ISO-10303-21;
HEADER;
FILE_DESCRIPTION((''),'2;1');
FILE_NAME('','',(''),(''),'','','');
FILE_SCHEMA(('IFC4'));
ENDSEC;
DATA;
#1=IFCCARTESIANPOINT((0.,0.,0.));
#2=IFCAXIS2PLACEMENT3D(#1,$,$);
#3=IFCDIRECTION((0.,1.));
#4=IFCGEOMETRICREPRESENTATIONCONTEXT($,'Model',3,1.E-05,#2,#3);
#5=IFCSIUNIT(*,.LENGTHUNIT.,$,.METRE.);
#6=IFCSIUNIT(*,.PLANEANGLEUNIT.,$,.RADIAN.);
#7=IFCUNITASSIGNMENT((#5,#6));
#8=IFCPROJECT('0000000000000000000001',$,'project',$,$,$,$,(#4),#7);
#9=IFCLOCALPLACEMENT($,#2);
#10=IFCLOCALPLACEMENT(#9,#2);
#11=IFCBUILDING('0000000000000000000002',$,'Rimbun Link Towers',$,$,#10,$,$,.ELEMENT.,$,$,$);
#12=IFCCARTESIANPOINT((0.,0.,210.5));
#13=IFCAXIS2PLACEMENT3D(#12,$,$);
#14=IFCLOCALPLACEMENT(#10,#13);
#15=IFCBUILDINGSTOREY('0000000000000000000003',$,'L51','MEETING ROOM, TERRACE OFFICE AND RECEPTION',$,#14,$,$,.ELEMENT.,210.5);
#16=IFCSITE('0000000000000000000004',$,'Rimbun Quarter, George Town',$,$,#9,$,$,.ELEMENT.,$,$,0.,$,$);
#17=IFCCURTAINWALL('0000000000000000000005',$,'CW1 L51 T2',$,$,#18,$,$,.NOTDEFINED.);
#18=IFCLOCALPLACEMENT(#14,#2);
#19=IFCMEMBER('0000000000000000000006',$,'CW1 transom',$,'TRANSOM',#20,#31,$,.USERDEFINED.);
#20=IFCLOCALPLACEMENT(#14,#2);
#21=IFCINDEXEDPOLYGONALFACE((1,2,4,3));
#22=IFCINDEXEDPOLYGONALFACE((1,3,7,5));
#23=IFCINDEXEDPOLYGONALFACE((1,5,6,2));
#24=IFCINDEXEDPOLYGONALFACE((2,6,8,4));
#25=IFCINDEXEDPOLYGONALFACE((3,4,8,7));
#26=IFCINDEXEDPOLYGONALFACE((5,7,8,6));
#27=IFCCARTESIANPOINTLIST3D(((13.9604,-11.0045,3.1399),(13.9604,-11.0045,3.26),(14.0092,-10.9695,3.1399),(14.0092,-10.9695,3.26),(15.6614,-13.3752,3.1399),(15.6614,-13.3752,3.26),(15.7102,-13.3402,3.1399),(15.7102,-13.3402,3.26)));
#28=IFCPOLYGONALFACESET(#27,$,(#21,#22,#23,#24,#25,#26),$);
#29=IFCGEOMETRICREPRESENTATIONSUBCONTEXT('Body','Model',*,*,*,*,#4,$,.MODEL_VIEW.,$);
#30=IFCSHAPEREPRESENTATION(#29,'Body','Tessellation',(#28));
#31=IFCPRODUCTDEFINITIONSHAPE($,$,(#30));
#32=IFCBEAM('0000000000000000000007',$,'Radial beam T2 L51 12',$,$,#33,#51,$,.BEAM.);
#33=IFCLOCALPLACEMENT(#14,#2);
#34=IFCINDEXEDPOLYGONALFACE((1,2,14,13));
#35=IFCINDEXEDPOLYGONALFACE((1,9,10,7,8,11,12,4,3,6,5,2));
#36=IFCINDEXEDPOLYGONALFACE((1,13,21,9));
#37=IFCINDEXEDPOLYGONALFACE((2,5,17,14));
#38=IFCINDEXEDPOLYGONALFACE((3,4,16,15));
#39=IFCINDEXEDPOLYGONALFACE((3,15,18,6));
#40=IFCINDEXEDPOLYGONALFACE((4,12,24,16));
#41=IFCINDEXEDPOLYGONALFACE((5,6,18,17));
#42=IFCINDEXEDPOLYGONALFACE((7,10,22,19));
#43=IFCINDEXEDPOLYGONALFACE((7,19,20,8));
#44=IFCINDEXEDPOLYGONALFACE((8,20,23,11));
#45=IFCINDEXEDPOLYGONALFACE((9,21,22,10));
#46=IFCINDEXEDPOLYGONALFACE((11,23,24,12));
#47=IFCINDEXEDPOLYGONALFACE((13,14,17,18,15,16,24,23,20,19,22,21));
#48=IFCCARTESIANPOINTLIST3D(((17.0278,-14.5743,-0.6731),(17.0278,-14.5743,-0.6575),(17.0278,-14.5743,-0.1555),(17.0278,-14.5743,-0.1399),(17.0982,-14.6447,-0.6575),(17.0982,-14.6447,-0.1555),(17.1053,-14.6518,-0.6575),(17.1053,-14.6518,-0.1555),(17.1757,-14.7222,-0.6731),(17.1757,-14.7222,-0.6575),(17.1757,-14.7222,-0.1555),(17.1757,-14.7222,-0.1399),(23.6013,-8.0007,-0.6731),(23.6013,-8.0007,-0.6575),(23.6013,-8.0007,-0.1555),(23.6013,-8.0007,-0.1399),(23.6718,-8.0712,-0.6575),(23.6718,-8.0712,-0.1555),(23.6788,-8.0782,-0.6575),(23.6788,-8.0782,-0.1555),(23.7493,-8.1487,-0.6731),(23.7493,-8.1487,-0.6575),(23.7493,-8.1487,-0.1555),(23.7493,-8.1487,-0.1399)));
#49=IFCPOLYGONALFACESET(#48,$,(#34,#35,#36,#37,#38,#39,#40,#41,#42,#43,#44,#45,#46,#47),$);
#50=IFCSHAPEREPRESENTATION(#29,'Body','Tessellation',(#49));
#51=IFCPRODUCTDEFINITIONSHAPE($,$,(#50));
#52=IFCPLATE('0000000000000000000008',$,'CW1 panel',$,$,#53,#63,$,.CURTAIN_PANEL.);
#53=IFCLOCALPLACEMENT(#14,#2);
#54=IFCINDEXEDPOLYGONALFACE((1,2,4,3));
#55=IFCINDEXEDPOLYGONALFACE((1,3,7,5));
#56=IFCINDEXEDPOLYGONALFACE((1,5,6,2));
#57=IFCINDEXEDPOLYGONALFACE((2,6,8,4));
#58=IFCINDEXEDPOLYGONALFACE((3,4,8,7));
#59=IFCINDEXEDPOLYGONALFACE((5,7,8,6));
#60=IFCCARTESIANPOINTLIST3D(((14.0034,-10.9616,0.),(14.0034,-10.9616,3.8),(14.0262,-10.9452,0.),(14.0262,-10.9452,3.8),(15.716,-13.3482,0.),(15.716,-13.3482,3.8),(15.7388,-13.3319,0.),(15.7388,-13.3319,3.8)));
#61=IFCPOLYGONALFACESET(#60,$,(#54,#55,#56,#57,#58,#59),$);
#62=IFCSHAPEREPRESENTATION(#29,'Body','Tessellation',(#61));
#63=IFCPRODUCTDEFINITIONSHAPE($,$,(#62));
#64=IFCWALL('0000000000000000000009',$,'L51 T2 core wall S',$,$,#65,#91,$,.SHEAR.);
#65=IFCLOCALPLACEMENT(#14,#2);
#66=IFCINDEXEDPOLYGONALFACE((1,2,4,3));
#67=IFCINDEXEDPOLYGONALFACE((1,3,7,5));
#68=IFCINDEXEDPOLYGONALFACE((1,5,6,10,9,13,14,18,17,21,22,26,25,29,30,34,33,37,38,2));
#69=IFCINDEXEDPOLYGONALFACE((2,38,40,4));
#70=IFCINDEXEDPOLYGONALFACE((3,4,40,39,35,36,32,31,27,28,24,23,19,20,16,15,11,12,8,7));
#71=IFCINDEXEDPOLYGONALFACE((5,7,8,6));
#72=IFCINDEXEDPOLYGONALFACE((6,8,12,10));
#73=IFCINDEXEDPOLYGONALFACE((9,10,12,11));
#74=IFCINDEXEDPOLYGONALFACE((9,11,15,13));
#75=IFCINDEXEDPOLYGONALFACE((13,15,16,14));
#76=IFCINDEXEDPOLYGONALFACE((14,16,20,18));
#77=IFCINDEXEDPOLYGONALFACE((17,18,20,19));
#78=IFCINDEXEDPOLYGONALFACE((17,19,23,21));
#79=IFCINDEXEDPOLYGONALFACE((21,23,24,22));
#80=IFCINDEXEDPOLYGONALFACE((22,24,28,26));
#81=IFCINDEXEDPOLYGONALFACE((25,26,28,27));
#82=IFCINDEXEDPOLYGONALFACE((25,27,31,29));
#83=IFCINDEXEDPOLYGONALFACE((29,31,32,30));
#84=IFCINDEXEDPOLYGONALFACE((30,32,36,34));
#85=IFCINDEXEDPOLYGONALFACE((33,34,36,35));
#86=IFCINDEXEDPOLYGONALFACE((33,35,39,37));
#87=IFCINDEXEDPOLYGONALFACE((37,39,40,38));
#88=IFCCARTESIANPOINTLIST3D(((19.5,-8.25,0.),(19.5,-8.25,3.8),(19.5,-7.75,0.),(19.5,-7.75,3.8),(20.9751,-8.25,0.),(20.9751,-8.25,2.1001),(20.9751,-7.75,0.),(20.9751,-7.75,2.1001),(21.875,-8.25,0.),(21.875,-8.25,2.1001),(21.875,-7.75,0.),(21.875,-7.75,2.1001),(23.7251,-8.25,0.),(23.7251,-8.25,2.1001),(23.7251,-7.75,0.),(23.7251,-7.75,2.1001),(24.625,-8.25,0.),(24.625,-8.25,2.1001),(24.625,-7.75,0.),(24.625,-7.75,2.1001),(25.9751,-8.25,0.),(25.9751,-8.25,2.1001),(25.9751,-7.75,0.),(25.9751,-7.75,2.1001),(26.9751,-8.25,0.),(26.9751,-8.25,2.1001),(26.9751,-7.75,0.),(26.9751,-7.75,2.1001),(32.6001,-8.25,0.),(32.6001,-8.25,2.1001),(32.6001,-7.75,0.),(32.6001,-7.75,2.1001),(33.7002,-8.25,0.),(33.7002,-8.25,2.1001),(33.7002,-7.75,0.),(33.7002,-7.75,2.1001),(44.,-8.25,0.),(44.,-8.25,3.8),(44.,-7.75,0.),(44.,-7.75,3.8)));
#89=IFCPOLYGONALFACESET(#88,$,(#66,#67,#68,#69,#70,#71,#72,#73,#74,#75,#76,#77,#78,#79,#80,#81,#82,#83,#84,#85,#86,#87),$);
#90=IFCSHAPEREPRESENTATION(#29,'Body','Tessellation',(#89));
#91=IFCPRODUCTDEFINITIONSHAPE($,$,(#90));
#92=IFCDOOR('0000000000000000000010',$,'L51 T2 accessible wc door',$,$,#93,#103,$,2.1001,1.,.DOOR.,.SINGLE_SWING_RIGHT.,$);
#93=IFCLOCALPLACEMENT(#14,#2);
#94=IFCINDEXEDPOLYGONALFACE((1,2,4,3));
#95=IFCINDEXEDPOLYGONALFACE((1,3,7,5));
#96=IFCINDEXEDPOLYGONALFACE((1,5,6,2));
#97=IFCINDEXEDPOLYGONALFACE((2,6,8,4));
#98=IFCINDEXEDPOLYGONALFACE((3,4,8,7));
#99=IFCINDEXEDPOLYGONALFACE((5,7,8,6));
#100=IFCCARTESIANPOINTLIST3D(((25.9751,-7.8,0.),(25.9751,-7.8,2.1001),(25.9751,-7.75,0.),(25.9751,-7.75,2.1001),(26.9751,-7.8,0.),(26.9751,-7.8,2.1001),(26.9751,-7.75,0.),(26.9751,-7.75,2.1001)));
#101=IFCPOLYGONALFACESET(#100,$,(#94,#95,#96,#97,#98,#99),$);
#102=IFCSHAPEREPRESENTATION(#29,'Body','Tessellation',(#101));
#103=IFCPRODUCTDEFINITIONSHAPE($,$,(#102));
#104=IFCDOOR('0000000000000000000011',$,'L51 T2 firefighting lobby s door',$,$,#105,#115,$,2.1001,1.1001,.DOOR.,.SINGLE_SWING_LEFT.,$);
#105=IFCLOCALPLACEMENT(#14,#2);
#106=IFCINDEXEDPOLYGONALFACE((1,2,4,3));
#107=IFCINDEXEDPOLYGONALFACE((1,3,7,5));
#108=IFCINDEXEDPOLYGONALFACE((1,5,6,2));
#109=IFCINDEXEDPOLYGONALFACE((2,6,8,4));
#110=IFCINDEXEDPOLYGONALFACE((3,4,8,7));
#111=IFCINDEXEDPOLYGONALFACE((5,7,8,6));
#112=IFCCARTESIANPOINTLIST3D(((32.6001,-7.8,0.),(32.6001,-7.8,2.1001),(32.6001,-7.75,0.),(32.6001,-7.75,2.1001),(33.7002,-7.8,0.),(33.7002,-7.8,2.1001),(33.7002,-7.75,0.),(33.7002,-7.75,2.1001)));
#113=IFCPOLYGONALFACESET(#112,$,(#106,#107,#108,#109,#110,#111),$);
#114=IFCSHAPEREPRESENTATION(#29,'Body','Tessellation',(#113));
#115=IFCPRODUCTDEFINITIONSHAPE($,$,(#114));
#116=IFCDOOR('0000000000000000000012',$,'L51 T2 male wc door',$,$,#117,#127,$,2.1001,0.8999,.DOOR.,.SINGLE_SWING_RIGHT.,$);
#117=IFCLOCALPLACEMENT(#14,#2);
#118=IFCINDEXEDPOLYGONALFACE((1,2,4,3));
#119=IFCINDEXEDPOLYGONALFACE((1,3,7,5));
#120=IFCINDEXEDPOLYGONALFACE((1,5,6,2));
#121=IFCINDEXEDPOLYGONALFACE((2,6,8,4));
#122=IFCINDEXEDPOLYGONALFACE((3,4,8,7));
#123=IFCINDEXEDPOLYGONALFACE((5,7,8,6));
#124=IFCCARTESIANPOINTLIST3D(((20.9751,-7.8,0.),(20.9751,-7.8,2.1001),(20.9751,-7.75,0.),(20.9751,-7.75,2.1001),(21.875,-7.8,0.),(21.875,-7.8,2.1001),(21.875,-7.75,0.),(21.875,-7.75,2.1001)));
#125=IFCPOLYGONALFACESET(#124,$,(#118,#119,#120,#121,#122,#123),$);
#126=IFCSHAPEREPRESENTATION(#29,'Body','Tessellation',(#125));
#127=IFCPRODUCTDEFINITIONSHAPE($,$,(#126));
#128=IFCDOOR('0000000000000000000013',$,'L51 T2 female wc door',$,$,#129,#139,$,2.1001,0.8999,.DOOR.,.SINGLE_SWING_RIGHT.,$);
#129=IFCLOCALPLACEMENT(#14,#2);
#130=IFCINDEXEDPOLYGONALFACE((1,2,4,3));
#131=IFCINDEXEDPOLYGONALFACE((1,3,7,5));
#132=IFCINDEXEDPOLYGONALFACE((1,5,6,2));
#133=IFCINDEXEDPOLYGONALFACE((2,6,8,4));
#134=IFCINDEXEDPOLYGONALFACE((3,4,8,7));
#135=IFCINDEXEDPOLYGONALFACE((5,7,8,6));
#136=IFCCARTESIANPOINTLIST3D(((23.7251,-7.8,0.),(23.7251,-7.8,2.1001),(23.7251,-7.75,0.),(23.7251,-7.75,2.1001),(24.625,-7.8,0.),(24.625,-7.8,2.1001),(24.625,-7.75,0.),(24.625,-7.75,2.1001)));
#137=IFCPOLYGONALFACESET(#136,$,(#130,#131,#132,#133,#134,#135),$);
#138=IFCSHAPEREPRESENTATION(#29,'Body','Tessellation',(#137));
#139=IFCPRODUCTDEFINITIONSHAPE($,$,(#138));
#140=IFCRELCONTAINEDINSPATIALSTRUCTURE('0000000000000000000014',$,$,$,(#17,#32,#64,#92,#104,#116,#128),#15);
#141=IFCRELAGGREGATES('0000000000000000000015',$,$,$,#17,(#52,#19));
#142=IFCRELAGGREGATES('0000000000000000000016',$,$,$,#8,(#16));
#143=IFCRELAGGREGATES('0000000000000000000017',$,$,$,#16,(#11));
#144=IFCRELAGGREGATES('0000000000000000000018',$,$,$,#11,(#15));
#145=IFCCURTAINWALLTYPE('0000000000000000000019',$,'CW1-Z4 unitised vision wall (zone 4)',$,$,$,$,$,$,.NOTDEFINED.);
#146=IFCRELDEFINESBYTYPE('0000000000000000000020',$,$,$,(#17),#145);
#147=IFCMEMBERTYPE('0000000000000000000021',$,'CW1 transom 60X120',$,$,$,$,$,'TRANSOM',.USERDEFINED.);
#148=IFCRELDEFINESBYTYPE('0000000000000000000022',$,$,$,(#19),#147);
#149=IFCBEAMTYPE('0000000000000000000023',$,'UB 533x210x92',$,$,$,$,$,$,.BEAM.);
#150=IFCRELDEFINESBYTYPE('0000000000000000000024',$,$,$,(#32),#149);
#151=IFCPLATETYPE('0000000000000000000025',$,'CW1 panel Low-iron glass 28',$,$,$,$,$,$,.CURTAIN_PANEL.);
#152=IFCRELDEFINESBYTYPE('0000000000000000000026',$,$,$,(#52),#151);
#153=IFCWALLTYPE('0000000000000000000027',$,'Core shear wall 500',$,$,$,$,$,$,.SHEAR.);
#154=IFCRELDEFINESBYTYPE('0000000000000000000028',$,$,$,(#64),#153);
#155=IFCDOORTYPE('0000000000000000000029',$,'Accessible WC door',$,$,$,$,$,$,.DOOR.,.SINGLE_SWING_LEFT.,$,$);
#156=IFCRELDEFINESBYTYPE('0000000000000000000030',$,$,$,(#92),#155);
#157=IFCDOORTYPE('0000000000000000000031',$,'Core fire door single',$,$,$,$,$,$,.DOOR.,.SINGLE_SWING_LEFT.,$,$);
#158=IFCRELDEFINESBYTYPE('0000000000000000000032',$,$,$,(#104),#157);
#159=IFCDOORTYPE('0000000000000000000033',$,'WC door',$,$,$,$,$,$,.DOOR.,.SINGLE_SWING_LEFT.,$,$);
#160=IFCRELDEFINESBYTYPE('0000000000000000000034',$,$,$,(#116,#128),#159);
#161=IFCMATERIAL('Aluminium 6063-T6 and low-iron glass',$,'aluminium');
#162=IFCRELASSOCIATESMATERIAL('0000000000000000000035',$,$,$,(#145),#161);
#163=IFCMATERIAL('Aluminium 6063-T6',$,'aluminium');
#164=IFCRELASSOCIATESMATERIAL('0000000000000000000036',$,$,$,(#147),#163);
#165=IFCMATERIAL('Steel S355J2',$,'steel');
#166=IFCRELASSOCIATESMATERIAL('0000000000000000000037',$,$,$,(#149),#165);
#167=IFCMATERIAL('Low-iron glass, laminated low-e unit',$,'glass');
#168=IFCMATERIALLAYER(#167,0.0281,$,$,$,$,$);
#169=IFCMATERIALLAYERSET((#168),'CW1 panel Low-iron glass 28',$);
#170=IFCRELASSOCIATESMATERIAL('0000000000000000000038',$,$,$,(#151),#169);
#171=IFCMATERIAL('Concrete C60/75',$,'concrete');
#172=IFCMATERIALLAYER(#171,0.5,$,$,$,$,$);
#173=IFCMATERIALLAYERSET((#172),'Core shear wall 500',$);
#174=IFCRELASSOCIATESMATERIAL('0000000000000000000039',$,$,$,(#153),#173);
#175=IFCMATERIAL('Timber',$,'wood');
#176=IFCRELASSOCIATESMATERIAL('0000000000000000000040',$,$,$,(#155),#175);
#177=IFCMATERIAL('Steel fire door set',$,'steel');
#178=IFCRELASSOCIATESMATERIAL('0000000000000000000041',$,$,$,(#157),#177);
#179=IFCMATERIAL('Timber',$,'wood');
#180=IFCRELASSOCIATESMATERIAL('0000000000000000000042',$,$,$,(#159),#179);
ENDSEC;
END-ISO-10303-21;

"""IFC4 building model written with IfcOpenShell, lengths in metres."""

from ifc_helpers import new_model, si_unit, direction, frame, frame_2d, origin, origin_2d, place, context, subcontext, project, spatial, rectangle, i_section, extrude, material, layer, layer_set, material_profile, profile_set, type_object, element, fill, aggregate, save


model = new_model("IFC4")

# Units and contexts
model_context = context("Model", 3, precision=1e-05, world=origin(), true_north=direction((0.0, 1.0)))
body_context = subcontext(model_context, "Body", "Model", "MODEL_VIEW")
ifc_project = project(units=[si_unit("LENGTHUNIT", "METRE"), si_unit("PLANEANGLEUNIT", "RADIAN")], contexts=[model_context])

# Site, building, storey
site_placement = place(None, origin())
site = spatial("IfcSite", under=ifc_project, at=site_placement, Name="Rimbun Quarter, George Town", CompositionType="ELEMENT", RefElevation=0.0)
building_placement = place(site_placement, origin())
building = spatial("IfcBuilding", under=site, at=building_placement, Name="Rimbun Link Towers", CompositionType="ELEMENT")
storey_placement = place(building_placement, frame((0.0, 0.0, 210.5)))
storey = spatial("IfcBuildingStorey", under=building, at=storey_placement, Name="L51", Description="MEETING ROOM, TERRACE OFFICE AND RECEPTION", CompositionType="ELEMENT", Elevation=210.5)

# Curtain wall, member
ifc_material_1 = material(Name="Aluminium 6063-T6 and low-iron glass", Category="aluminium")
curtain_wall_type = type_object("IfcCurtainWallType", Name="CW1-Z4 unitised vision wall (zone 4)", PredefinedType="NOTDEFINED", material=ifc_material_1)
curtain_wall_placement = place(storey_placement, origin())
curtain_wall = element("IfcCurtainWall", 1, at=curtain_wall_placement, inside=storey, type_object=curtain_wall_type, Name="CW1 L51 T2", PredefinedType="NOTDEFINED")
ifc_material_2 = material(Name="Aluminium 6063-T6", Category="aluminium")
ifc_material_profile_1 = material_profile(ifc_material_2, rectangle(XDim=0.0601, YDim=0.1201, at=origin_2d()), Name="TRANSOM 60X120")
ifc_profile_set_1 = profile_set([ifc_material_profile_1], Name="Aluminium 6063-T6")
member_type = type_object("IfcMemberType", Name="CW1 transom 60X120", ElementType="TRANSOM", PredefinedType="USERDEFINED", material=ifc_profile_set_1)
member_placement = place(storey_placement, frame((15.6858, -13.3577, 3.2), z_axis=(-0.58297, 0.812493, 0.0), x_axis=(-0.812493, -0.58297, 0.0)))
member = element("IfcMember", 2, at=member_placement, type_object=member_type, Name="CW1 transom", ObjectType="TRANSOM", PredefinedType="USERDEFINED", context=body_context, shape_type="SweptSolid", body=[
    extrude(rectangle(XDim=0.0601, YDim=0.1201, at=origin_2d()), origin(), (0.0, 0.0, 1.0), 2.9177),
])

# Beam
ifc_material_3 = material(Name="Steel S355J2", Category="steel")
ifc_material_profile_2 = material_profile(ifc_material_3, i_section(OverallWidth=0.2092, OverallDepth=0.5332, WebThickness=0.01, FlangeThickness=0.0156, at=origin_2d()), Name="UB 533x210x92")
ifc_profile_set_2 = profile_set([ifc_material_profile_2], Name="Steel S355J2")
beam_type = type_object("IfcBeamType", Name="UB 533x210x92", PredefinedType="BEAM", material=ifc_profile_set_2)
beam_placement = place(storey_placement, frame((23.6753, -8.0747, -0.4065), z_axis=(-0.707107, -0.707107, 0.0), x_axis=(0.707107, -0.707107, 0.0)))
element("IfcBeam", 3, at=beam_placement, inside=storey, type_object=beam_type, Name="Radial beam T2 L51 12", PredefinedType="BEAM", context=body_context, shape_type="SweptSolid", body=[
    extrude(i_section(OverallWidth=0.2092, OverallDepth=0.5332, WebThickness=0.01, FlangeThickness=0.0156, at=origin_2d()), origin(), (0.0, 0.0, 1.0), 9.2964),
])

# Plate
ifc_material_4 = material(Name="Low-iron glass, laminated low-e unit", Category="glass")
ifc_layer_1 = layer(ifc_material_4, 0.0281)
ifc_layer_set_1 = layer_set([ifc_layer_1], Name="CW1 panel Low-iron glass 28")
plate_type = type_object("IfcPlateType", Name="CW1 panel Low-iron glass 28", PredefinedType="CURTAIN_PANEL", material=ifc_layer_set_1)
plate_placement = place(storey_placement, frame((14.8711, -12.1467, 0.0), z_axis=(0.0, 0.0, 1.0), x_axis=(-0.583004, 0.81247, 0.0)))
plate = element("IfcPlate", 4, at=plate_placement, type_object=plate_type, Name="CW1 panel", PredefinedType="CURTAIN_PANEL", context=body_context, shape_type="SweptSolid", body=[
    extrude(rectangle(XDim=2.9375, YDim=0.0281, at=origin_2d()), origin(), (0.0, 0.0, 1.0), 3.8),
])
aggregate(curtain_wall, [plate, member])

# Wall, openings, doors
ifc_material_5 = material(Name="Concrete C60/75", Category="concrete")
ifc_layer_2 = layer(ifc_material_5, 0.5)
ifc_layer_set_2 = layer_set([ifc_layer_2], Name="Core shear wall 500")
wall_type_1 = type_object("IfcWallType", Name="Core shear wall 500", PredefinedType="SHEAR", material=ifc_layer_set_2)
wall_1_placement = place(storey_placement, frame((19.5, -8.0, 0.0), z_axis=(0.0, 0.0, 1.0), x_axis=(1.0, 0.0, 0.0)))
wall_1 = element("IfcWall", 5, at=wall_1_placement, inside=storey, type_object=wall_type_1, Name="L51 T2 core wall S", PredefinedType="SHEAR", context=body_context, shape_type="SweptSolid", body=[
    extrude(rectangle(XDim=24.5, YDim=0.5, at=frame_2d((12.25, 0.0))), origin(), (0.0, 0.0, 1.0), 3.8),
])
opening_1_placement = place(wall_1_placement, frame((13.1001, 0.0, 0.0)))
opening_1 = element("IfcOpeningElement", 6, at=opening_1_placement, cuts=wall_1, PredefinedType="OPENING", context=body_context, shape_type="SweptSolid", body=[
    extrude(rectangle(XDim=1.1001, YDim=2.1001, at=frame_2d((0.55, 1.05))), frame((0.0, 0.26, 0.0), z_axis=(0.0, -1.0, 0.0), x_axis=(1.0, 0.0, 0.0)), (0.0, 0.0, 1.0), 0.52),
])
opening_2_placement = place(wall_1_placement, frame((1.4751, 0.0, 0.0)))
opening_2 = element("IfcOpeningElement", 7, at=opening_2_placement, cuts=wall_1, PredefinedType="OPENING", context=body_context, shape_type="SweptSolid", body=[
    extrude(rectangle(XDim=0.8999, YDim=2.1001, at=frame_2d((0.45, 1.05))), frame((0.0, 0.26, 0.0), z_axis=(0.0, -1.0, 0.0), x_axis=(1.0, 0.0, 0.0)), (0.0, 0.0, 1.0), 0.52),
])
opening_3_placement = place(wall_1_placement, frame((4.2251, 0.0, 0.0)))
opening_3 = element("IfcOpeningElement", 8, at=opening_3_placement, cuts=wall_1, PredefinedType="OPENING", context=body_context, shape_type="SweptSolid", body=[
    extrude(rectangle(XDim=0.8999, YDim=2.1001, at=frame_2d((0.45, 1.05))), frame((0.0, 0.26, 0.0), z_axis=(0.0, -1.0, 0.0), x_axis=(1.0, 0.0, 0.0)), (0.0, 0.0, 1.0), 0.52),
])
opening_4_placement = place(wall_1_placement, frame((6.4751, 0.0, 0.0)))
opening_4 = element("IfcOpeningElement", 9, at=opening_4_placement, cuts=wall_1, PredefinedType="OPENING", context=body_context, shape_type="SweptSolid", body=[
    extrude(rectangle(XDim=1.0, YDim=2.1001, at=frame_2d((0.5, 1.05))), frame((0.0, 0.26, 0.0), z_axis=(0.0, -1.0, 0.0), x_axis=(1.0, 0.0, 0.0)), (0.0, 0.0, 1.0), 0.52),
])
ifc_material_6 = material(Name="Timber", Category="wood")
door_type_1 = type_object("IfcDoorType", Name="Accessible WC door", OperationType="SINGLE_SWING_LEFT", PredefinedType="DOOR", material=ifc_material_6)
door_1_placement = place(opening_4_placement, origin())
door_1 = element("IfcDoor", 10, at=door_1_placement, inside=storey, type_object=door_type_1, Name="L51 T2 accessible wc door", OperationType="SINGLE_SWING_RIGHT", OverallHeight=2.1001, OverallWidth=1.0, PredefinedType="DOOR", context=body_context, shape_type="SweptSolid", body=[
    extrude(rectangle(XDim=1.0, YDim=2.1001, at=frame_2d((0.5, 1.05))), frame((0.0, 0.25, 0.0), z_axis=(0.0, -1.0, 0.0), x_axis=(1.0, 0.0, 0.0)), (0.0, 0.0, 1.0), 0.05),
])
fill(opening_4, door_1)
ifc_material_7 = material(Name="Steel fire door set", Category="steel")
door_type_2 = type_object("IfcDoorType", Name="Core fire door single", OperationType="SINGLE_SWING_LEFT", PredefinedType="DOOR", material=ifc_material_7)
door_2_placement = place(opening_1_placement, origin())
door_2 = element("IfcDoor", 11, at=door_2_placement, inside=storey, type_object=door_type_2, Name="L51 T2 firefighting lobby s door", OperationType="SINGLE_SWING_LEFT", OverallHeight=2.1001, OverallWidth=1.1001, PredefinedType="DOOR", context=body_context, shape_type="SweptSolid", body=[
    extrude(rectangle(XDim=1.1001, YDim=2.1001, at=frame_2d((0.55, 1.05))), frame((0.0, 0.25, 0.0), z_axis=(0.0, -1.0, 0.0), x_axis=(1.0, 0.0, 0.0)), (0.0, 0.0, 1.0), 0.05),
])
fill(opening_1, door_2)
ifc_material_8 = material(Name="Timber", Category="wood")
door_type_3 = type_object("IfcDoorType", Name="WC door", OperationType="SINGLE_SWING_LEFT", PredefinedType="DOOR", material=ifc_material_8)
door_3_placement = place(opening_2_placement, origin())
door_3 = element("IfcDoor", 12, at=door_3_placement, inside=storey, type_object=door_type_3, Name="L51 T2 male wc door", OperationType="SINGLE_SWING_RIGHT", OverallHeight=2.1001, OverallWidth=0.8999, PredefinedType="DOOR", context=body_context, shape_type="SweptSolid", body=[
    extrude(rectangle(XDim=0.8999, YDim=2.1001, at=frame_2d((0.45, 1.05))), frame((0.0, 0.25, 0.0), z_axis=(0.0, -1.0, 0.0), x_axis=(1.0, 0.0, 0.0)), (0.0, 0.0, 1.0), 0.05),
])
fill(opening_2, door_3)
door_4_placement = place(opening_3_placement, origin())
door_4 = element("IfcDoor", 13, at=door_4_placement, inside=storey, type_object=door_type_3, Name="L51 T2 female wc door", OperationType="SINGLE_SWING_RIGHT", OverallHeight=2.1001, OverallWidth=0.8999, PredefinedType="DOOR", context=body_context, shape_type="SweptSolid", body=[
    extrude(rectangle(XDim=0.8999, YDim=2.1001, at=frame_2d((0.45, 1.05))), frame((0.0, 0.25, 0.0), z_axis=(0.0, -1.0, 0.0), x_axis=(1.0, 0.0, 0.0)), (0.0, 0.0, 1.0), 0.05),
])
fill(opening_3, door_4)

save(model, "model.ifc")
